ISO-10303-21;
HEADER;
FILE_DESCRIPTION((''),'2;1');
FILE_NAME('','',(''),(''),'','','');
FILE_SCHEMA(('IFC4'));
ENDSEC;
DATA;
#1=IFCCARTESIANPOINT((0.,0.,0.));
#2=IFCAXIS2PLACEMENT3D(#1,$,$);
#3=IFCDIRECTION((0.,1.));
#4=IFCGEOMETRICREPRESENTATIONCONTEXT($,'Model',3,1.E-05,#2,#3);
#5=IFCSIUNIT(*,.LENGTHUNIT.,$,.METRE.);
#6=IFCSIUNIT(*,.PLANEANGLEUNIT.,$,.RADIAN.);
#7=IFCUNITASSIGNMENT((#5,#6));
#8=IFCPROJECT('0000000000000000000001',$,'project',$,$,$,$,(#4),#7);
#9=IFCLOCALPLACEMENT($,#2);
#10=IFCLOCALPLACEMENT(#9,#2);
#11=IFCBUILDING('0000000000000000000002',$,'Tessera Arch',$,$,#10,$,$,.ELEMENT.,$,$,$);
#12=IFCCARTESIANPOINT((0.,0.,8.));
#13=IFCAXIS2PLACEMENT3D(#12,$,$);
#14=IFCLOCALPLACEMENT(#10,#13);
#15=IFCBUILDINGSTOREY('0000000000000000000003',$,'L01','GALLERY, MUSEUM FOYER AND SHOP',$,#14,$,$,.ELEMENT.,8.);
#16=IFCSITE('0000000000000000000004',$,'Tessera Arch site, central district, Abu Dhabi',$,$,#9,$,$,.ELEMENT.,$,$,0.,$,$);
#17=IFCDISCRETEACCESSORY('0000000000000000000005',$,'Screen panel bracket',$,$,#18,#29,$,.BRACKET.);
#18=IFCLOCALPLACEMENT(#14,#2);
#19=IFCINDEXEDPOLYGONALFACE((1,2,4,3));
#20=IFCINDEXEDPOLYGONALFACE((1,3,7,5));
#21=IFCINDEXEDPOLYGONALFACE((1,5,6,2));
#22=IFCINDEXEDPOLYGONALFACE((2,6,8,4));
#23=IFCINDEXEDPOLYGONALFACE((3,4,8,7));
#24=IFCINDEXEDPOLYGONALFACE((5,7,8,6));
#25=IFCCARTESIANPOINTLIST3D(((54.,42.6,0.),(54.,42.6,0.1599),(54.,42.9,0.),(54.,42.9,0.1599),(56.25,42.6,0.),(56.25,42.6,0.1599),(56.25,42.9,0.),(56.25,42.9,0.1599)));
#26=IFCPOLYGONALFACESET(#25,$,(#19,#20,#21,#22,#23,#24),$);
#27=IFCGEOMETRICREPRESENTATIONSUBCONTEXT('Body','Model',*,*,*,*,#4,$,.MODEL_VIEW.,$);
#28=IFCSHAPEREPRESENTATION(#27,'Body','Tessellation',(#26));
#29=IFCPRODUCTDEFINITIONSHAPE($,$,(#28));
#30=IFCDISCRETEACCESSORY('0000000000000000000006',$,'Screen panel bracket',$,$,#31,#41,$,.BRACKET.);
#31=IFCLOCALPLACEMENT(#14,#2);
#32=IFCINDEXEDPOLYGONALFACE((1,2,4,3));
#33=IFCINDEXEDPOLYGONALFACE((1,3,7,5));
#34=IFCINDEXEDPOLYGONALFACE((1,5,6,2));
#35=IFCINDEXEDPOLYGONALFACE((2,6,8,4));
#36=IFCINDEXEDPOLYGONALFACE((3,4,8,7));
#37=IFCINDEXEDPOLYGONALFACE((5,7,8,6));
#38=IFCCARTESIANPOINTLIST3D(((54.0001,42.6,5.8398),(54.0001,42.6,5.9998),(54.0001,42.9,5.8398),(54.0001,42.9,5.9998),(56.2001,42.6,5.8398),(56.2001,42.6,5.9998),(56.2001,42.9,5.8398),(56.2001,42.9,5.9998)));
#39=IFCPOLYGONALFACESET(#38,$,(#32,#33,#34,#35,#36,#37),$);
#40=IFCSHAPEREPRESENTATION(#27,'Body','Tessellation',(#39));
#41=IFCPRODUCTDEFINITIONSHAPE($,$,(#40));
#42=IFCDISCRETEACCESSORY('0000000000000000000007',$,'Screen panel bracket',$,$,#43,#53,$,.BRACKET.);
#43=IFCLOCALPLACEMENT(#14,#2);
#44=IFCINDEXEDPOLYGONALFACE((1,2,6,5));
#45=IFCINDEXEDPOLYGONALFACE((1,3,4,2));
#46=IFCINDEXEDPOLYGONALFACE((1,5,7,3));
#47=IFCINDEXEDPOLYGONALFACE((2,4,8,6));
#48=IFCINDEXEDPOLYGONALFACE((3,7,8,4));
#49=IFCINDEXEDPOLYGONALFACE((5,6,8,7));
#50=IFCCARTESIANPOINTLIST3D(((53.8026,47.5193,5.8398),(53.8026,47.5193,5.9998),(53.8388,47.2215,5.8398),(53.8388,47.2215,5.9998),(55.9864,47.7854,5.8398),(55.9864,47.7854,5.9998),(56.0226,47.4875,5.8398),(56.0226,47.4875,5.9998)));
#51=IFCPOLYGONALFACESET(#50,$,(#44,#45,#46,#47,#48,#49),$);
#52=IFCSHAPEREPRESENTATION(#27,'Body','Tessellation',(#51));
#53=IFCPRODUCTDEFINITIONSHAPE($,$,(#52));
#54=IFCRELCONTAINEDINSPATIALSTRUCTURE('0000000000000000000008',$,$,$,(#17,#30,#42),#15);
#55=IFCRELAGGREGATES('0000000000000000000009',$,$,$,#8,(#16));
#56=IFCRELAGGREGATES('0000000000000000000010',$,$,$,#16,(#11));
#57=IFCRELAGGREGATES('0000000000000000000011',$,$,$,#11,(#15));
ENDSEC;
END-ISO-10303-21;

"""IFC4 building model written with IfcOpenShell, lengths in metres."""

from ifc_helpers import new_model, si_unit, direction, frame, origin, origin_2d, place, context, subcontext, project, spatial, rectangle, extrude, element, save


model = new_model("IFC4")

# Units and contexts
model_context = context("Model", 3, precision=1e-05, world=origin(), true_north=direction((0.0, 1.0)))
body_context = subcontext(model_context, "Body", "Model", "MODEL_VIEW")
ifc_project = project(units=[si_unit("LENGTHUNIT", "METRE"), si_unit("PLANEANGLEUNIT", "RADIAN")], contexts=[model_context])

# Site, building, storey
site_placement = place(None, origin())
site = spatial("IfcSite", under=ifc_project, at=site_placement, Name="Tessera Arch site, central district, Abu Dhabi", CompositionType="ELEMENT", RefElevation=0.0)
building_placement = place(site_placement, origin())
building = spatial("IfcBuilding", under=site, at=building_placement, Name="Tessera Arch", CompositionType="ELEMENT")
storey_placement = place(building_placement, frame((0.0, 0.0, 8.0)))
storey = spatial("IfcBuildingStorey", under=building, at=storey_placement, Name="L01", Description="GALLERY, MUSEUM FOYER AND SHOP", CompositionType="ELEMENT", Elevation=8.0)

# Discrete accessories
for number, where, z_axis, x_axis, name in (
    (1, (55.125, 42.75, 0.0), (0.0, 0.0, 1.0), (1.0, 0.0, 0.0), "Screen panel bracket"),
):
    element("IfcDiscreteAccessory", number, at=place(storey_placement, frame(where, z_axis=z_axis, x_axis=x_axis)), inside=storey, Name=name, PredefinedType="BRACKET", context=body_context, shape_type="SweptSolid", body=[
        extrude(rectangle(XDim=2.25, YDim=0.3, at=origin_2d()), origin(), (0.0, 0.0, 1.0), 0.1599),
    ])
for number, where, z_axis, x_axis, name in (
    (2, (55.1001, 42.75, 5.8398), (0.0, 0.0, 1.0), (1.0, 0.0, 0.0), "Screen panel bracket"),
    (3, (54.9126, 47.5034, 5.8398), (0.0, 0.0, 1.0), (0.992658, 0.120951, 0.0), "Screen panel bracket"),
):
    element("IfcDiscreteAccessory", number, at=place(storey_placement, frame(where, z_axis=z_axis, x_axis=x_axis)), inside=storey, Name=name, PredefinedType="BRACKET", context=body_context, shape_type="SweptSolid", body=[
        extrude(rectangle(XDim=2.2, YDim=0.3, at=origin_2d()), origin(), (0.0, 0.0, 1.0), 0.1599),
    ])

save(model, "model.ifc")
